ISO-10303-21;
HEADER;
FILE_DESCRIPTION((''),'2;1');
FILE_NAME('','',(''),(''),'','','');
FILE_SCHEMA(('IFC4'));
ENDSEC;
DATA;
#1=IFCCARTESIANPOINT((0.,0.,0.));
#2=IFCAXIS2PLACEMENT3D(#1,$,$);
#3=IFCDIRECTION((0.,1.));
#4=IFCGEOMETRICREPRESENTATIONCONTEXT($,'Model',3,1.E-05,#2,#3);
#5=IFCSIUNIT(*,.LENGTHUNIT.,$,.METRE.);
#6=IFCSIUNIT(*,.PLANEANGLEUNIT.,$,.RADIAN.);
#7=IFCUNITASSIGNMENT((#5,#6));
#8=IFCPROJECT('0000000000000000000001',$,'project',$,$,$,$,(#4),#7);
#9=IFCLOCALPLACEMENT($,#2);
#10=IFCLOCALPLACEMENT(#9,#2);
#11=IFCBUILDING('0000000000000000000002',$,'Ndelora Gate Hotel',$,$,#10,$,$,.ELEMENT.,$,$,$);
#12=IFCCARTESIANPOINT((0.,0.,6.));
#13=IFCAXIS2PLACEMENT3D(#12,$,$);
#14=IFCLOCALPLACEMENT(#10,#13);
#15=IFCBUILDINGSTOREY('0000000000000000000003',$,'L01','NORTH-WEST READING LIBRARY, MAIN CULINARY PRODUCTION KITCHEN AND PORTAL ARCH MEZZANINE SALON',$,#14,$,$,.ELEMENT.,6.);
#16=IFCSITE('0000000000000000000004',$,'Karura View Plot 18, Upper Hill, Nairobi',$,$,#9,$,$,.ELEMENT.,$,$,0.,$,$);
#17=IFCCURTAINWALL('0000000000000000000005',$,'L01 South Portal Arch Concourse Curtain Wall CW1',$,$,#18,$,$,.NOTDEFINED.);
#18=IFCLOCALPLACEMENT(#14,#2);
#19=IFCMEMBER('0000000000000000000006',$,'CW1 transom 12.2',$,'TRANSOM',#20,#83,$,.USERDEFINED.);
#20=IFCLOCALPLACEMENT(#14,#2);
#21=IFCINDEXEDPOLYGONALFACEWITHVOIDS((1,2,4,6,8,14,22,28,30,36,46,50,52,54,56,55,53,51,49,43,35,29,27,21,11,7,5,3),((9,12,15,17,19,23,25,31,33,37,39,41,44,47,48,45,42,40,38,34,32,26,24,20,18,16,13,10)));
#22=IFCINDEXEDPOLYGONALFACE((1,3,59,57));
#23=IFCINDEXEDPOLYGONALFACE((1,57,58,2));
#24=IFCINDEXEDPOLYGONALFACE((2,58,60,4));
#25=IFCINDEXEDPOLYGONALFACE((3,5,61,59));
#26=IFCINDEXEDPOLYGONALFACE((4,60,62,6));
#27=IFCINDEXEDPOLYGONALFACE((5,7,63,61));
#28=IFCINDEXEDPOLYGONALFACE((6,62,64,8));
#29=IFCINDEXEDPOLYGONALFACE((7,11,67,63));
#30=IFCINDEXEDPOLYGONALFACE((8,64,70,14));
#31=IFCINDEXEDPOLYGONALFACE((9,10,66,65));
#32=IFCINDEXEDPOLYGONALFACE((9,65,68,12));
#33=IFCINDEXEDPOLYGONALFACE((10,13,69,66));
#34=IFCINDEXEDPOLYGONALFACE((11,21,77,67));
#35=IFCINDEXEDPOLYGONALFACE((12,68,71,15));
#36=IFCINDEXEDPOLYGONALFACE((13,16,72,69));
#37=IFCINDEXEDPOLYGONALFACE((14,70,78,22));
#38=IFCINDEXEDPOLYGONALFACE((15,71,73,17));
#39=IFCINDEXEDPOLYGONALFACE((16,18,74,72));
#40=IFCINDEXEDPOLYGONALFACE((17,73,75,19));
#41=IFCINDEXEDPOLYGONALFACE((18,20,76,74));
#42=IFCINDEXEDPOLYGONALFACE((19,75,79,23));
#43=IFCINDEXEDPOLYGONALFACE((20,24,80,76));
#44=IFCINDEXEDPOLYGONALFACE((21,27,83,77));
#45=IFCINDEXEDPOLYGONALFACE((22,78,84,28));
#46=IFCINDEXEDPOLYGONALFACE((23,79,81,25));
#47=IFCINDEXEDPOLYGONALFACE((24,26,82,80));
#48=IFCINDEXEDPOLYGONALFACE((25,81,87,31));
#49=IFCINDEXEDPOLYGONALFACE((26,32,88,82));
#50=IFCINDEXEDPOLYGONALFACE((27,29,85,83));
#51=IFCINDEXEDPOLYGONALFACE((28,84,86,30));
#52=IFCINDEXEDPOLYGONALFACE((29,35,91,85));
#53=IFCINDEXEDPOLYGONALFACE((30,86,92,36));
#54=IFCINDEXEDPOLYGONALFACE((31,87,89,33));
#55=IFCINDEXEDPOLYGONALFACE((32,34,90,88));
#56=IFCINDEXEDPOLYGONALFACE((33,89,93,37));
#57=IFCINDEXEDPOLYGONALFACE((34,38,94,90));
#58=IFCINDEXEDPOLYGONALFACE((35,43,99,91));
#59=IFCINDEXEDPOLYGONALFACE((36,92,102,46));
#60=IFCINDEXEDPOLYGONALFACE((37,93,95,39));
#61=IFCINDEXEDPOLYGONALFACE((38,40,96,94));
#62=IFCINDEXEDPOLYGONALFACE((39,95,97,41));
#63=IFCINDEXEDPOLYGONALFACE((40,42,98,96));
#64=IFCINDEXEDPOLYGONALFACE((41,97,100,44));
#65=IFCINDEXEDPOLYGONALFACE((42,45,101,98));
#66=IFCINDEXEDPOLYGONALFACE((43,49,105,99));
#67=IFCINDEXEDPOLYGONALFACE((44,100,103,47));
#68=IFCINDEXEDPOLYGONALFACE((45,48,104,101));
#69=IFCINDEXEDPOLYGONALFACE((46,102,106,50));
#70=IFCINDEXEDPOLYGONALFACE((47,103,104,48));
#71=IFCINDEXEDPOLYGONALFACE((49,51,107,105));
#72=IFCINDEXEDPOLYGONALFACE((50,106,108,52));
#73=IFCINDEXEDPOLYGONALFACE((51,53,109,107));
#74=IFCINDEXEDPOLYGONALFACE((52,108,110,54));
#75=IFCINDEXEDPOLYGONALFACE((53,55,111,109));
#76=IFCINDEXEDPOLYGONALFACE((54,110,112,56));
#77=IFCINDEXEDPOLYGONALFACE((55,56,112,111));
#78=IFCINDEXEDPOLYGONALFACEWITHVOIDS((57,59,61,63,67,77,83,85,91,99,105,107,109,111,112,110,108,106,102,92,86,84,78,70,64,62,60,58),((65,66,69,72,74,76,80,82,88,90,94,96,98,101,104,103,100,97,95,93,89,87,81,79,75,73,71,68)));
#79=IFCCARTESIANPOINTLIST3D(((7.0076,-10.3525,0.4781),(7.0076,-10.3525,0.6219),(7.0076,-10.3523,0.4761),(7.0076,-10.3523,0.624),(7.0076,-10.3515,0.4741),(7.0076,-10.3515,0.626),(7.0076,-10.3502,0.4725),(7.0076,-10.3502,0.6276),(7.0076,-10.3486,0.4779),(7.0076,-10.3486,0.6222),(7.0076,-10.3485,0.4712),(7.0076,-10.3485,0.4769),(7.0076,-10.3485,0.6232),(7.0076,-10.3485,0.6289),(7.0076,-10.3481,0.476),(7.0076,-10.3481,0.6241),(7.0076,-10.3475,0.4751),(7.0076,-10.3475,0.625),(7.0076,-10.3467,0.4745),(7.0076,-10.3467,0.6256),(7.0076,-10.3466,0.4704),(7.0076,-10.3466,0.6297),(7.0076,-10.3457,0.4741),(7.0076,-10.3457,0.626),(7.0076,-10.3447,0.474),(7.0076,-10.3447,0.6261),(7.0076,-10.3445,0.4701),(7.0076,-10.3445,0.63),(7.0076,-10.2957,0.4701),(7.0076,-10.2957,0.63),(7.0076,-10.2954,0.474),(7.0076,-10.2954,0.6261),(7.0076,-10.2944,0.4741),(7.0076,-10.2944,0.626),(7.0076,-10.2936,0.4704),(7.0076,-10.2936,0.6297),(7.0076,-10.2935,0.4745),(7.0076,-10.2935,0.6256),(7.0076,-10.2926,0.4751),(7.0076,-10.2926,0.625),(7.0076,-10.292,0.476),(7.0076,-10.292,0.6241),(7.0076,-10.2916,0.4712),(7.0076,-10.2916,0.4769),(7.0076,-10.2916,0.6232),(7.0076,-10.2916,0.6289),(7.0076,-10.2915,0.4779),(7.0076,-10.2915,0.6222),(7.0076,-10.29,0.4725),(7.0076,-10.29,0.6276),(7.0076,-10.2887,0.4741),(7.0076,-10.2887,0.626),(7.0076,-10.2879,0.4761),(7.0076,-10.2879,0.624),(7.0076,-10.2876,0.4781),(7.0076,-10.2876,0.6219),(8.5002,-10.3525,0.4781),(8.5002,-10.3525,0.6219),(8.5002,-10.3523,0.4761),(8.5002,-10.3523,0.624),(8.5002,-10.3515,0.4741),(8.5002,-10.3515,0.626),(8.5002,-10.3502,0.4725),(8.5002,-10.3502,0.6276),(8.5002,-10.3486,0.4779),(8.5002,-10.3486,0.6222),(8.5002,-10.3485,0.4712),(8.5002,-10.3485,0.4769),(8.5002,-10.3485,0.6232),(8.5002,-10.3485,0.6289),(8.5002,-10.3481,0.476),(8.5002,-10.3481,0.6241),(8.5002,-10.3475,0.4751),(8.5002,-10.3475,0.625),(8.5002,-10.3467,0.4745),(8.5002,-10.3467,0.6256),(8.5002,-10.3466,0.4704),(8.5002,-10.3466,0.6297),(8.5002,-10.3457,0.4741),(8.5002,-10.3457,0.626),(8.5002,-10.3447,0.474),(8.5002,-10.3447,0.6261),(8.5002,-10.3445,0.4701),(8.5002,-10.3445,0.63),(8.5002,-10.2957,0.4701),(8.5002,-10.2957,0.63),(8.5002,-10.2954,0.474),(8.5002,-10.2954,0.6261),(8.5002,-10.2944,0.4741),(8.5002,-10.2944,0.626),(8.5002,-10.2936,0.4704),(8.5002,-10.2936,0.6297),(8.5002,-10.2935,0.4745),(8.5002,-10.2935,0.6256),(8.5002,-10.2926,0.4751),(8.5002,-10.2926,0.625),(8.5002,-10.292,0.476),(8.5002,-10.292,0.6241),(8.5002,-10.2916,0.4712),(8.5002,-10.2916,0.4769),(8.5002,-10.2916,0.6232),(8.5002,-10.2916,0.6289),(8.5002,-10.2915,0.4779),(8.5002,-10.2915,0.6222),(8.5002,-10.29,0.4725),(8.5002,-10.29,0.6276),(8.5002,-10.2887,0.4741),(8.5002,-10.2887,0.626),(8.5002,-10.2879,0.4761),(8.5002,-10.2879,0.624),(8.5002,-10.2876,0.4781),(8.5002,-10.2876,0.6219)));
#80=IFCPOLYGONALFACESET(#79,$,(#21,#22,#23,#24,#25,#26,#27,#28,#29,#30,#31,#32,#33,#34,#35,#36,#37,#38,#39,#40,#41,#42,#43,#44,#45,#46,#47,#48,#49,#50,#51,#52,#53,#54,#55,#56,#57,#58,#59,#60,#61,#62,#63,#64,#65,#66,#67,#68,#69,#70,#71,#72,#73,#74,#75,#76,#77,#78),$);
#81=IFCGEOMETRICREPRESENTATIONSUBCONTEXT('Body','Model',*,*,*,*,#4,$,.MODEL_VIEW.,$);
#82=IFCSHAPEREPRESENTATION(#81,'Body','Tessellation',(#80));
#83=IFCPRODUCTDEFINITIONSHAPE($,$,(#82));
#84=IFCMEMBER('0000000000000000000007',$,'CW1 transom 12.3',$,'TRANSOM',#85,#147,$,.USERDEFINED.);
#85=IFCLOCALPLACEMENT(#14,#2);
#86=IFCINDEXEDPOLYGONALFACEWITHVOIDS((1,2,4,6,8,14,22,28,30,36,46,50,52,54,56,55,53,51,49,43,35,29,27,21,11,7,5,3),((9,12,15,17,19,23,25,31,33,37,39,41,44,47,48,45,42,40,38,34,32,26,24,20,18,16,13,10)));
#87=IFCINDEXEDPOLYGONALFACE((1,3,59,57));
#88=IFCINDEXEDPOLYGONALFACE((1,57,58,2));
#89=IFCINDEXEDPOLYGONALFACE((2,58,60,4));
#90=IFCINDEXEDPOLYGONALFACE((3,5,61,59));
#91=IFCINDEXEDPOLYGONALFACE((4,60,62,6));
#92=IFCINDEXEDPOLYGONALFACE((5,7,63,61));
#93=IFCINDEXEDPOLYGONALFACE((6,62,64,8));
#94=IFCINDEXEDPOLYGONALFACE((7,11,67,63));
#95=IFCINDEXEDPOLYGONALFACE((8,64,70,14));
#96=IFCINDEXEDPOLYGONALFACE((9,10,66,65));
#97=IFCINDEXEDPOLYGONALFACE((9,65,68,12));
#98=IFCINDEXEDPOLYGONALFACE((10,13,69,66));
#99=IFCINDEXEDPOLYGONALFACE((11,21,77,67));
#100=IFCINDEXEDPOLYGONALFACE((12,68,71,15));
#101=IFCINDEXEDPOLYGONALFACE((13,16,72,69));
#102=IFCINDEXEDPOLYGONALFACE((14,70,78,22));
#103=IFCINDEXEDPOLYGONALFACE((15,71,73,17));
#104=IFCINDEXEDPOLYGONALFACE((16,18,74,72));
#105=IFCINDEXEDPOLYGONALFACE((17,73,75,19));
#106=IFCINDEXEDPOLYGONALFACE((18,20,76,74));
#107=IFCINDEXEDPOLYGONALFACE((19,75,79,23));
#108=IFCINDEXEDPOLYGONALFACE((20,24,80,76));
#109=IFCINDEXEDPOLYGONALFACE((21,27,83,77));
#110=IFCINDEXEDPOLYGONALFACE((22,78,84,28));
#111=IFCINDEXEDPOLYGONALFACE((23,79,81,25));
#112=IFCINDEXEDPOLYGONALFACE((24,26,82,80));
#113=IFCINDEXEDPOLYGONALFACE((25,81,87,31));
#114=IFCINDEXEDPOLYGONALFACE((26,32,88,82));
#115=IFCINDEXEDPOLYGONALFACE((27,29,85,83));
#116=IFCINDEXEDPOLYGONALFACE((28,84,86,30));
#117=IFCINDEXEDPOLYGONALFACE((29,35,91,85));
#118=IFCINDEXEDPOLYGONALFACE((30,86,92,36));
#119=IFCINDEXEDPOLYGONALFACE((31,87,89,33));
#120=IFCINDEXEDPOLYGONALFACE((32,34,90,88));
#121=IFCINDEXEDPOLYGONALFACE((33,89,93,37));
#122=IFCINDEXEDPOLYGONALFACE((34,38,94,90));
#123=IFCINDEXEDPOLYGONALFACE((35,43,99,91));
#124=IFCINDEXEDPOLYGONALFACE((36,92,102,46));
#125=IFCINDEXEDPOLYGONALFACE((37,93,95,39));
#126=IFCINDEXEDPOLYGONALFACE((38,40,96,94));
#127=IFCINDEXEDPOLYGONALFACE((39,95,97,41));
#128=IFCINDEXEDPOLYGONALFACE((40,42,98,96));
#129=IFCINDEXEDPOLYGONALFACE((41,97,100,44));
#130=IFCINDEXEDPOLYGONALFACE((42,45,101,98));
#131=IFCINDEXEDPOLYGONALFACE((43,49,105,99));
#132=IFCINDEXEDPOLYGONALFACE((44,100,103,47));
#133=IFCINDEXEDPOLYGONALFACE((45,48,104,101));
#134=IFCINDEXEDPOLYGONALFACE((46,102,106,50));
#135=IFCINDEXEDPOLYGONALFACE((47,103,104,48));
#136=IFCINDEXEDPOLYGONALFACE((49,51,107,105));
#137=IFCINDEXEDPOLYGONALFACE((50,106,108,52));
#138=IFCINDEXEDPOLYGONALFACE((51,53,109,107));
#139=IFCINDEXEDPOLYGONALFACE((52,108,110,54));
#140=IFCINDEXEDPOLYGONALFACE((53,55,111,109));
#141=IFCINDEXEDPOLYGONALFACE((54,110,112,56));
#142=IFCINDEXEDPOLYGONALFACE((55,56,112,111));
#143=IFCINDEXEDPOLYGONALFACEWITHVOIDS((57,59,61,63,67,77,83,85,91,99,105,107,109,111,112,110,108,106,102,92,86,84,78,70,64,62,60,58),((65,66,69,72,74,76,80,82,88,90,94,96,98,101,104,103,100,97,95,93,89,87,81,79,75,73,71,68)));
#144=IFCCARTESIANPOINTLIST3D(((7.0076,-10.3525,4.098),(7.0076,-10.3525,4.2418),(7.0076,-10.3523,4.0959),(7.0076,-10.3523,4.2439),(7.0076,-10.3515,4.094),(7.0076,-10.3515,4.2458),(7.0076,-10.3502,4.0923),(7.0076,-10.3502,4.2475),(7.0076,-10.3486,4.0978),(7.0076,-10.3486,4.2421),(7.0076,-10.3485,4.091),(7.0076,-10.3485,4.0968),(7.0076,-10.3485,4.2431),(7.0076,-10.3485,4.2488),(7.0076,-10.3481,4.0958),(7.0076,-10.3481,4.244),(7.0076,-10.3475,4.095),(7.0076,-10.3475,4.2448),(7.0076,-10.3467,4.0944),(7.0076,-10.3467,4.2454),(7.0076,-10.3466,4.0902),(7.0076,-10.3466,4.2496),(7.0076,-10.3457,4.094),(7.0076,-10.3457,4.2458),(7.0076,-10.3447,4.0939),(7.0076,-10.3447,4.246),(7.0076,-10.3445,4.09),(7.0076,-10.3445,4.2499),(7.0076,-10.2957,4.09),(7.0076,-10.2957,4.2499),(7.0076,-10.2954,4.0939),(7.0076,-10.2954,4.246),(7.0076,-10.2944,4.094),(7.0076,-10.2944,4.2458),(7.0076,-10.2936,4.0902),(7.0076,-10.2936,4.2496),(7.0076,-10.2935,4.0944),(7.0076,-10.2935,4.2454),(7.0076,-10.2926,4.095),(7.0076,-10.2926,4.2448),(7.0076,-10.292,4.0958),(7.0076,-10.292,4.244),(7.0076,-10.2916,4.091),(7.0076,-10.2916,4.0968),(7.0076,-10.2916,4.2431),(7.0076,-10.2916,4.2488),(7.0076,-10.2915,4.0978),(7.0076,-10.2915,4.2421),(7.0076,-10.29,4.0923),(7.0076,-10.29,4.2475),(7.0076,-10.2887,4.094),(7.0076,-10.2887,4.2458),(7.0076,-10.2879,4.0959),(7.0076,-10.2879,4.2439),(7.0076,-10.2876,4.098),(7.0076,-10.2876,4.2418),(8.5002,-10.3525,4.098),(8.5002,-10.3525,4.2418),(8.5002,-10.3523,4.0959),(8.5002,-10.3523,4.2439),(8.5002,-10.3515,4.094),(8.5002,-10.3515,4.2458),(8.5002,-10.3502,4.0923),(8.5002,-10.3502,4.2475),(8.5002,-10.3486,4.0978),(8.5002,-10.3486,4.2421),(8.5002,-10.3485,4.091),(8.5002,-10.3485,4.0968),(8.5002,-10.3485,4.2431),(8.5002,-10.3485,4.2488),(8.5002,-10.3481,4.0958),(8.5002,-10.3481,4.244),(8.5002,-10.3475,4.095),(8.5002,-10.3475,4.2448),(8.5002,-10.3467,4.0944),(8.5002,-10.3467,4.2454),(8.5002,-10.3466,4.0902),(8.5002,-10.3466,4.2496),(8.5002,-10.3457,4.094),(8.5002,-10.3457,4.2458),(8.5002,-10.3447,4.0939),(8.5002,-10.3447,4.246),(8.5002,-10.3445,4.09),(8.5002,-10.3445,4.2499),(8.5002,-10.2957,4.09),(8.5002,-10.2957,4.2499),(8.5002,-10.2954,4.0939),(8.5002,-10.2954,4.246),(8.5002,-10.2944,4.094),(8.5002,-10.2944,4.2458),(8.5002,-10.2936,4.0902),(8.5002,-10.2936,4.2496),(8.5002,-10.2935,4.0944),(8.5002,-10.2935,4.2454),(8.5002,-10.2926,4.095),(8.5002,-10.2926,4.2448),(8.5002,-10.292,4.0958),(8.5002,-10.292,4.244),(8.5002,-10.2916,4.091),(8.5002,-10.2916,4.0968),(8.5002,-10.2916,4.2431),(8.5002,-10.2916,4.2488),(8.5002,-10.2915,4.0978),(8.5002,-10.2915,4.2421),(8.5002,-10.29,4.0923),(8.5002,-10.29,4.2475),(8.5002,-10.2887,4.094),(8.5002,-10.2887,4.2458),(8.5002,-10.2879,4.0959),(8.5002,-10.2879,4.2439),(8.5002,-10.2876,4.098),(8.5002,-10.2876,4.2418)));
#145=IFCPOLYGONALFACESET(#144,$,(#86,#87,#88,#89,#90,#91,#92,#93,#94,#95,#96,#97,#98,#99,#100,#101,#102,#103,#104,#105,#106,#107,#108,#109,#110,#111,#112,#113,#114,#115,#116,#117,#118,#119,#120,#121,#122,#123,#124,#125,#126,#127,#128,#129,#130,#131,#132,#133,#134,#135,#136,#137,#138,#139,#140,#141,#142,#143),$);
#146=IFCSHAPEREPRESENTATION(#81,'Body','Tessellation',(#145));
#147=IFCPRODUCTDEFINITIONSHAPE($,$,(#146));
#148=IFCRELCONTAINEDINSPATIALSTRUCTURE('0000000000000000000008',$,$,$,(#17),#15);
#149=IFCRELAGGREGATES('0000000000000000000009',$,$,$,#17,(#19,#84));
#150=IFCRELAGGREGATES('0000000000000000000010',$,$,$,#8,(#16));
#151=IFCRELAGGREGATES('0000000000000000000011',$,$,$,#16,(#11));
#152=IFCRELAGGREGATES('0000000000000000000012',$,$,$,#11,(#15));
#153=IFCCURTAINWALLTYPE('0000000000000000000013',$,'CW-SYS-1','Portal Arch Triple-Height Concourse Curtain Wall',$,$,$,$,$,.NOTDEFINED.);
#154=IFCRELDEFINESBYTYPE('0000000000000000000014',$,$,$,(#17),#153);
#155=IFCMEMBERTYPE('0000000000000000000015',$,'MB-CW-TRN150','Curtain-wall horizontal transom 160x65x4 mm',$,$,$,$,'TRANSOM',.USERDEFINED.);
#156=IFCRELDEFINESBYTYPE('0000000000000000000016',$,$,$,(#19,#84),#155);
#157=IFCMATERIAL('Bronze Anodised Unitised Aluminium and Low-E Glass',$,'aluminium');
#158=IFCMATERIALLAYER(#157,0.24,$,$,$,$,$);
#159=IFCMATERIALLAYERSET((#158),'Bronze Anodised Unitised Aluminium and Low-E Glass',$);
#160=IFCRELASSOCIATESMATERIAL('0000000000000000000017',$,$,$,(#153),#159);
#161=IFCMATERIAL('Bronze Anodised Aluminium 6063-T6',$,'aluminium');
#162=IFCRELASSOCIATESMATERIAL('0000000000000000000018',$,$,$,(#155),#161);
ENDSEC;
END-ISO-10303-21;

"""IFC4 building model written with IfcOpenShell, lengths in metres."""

from ifc_helpers import new_model, si_unit, direction, frame, origin, origin_2d, place, context, subcontext, project, spatial, hollow_rectangle, extrude, material, layer, layer_set, material_profile, profile_set, type_object, element, aggregate, save


model = new_model("IFC4")

# Units and contexts
model_context = context("Model", 3, precision=1e-05, world=origin(), true_north=direction((0.0, 1.0)))
body_context = subcontext(model_context, "Body", "Model", "MODEL_VIEW")
ifc_project = project(units=[si_unit("LENGTHUNIT", "METRE"), si_unit("PLANEANGLEUNIT", "RADIAN")], contexts=[model_context])

# Site, building, storey
site_placement = place(None, origin())
site = spatial("IfcSite", under=ifc_project, at=site_placement, Name="Karura View Plot 18, Upper Hill, Nairobi", CompositionType="ELEMENT", RefElevation=0.0)
building_placement = place(site_placement, origin())
building = spatial("IfcBuilding", under=site, at=building_placement, Name="Ndelora Gate Hotel", CompositionType="ELEMENT")
storey_placement = place(building_placement, frame((0.0, 0.0, 6.0)))
storey = spatial("IfcBuildingStorey", under=building, at=storey_placement, Name="L01", Description="NORTH-WEST READING LIBRARY, MAIN CULINARY PRODUCTION KITCHEN AND PORTAL ARCH MEZZANINE SALON", CompositionType="ELEMENT", Elevation=6.0)

# Curtain wall, members
ifc_material_1 = material(Name="Bronze Anodised Unitised Aluminium and Low-E Glass", Category="aluminium")
ifc_layer_1 = layer(ifc_material_1, 0.24)
ifc_layer_set_1 = layer_set([ifc_layer_1], Name="Bronze Anodised Unitised Aluminium and Low-E Glass")
curtain_wall_type = type_object("IfcCurtainWallType", Name="CW-SYS-1", Description="Portal Arch Triple-Height Concourse Curtain Wall", PredefinedType="NOTDEFINED", material=ifc_layer_set_1)
curtain_wall_placement = place(storey_placement, origin())
curtain_wall = element("IfcCurtainWall", 1, at=curtain_wall_placement, inside=storey, type_object=curtain_wall_type, Name="L01 South Portal Arch Concourse Curtain Wall CW1", PredefinedType="NOTDEFINED")
ifc_material_2 = material(Name="Bronze Anodised Aluminium 6063-T6", Category="aluminium")
ifc_material_profile_1 = material_profile(ifc_material_2, hollow_rectangle(XDim=0.0649, YDim=0.1599, WallThickness=0.0039, InnerFilletRadius=0.0039, OuterFilletRadius=0.0081, at=origin_2d()), Name="ALU 160x65x4")
ifc_profile_set_1 = profile_set([ifc_material_profile_1], Name="Bronze Anodised Aluminium 6063-T6")
member_type_1 = type_object("IfcMemberType", Name="MB-CW-TRN150", Description="Curtain-wall horizontal transom 160x65x4 mm", ElementType="TRANSOM", PredefinedType="USERDEFINED", material=ifc_profile_set_1)
member_1_placement = place(storey_placement, frame((7.0076, -10.3201, 0.55), z_axis=(1.0, 0.0, 0.0), x_axis=(0.0, 1.0, 0.0)))
member_1 = element("IfcMember", 2, at=member_1_placement, type_object=member_type_1, Name="CW1 transom 12.2", ObjectType="TRANSOM", PredefinedType="USERDEFINED", context=body_context, shape_type="SweptSolid", body=[
    extrude(hollow_rectangle(XDim=0.0649, YDim=0.1599, WallThickness=0.0039, InnerFilletRadius=0.0039, OuterFilletRadius=0.0081, at=origin_2d()), origin(), (0.0, 0.0, 1.0), 1.4927),
])
member_2_placement = place(storey_placement, frame((7.0076, -10.3201, 4.1699), z_axis=(1.0, 0.0, 0.0), x_axis=(0.0, 1.0, 0.0)))
member_2 = element("IfcMember", 3, at=member_2_placement, type_object=member_type_1, Name="CW1 transom 12.3", ObjectType="TRANSOM", PredefinedType="USERDEFINED", context=body_context, shape_type="SweptSolid", body=[
    extrude(hollow_rectangle(XDim=0.0649, YDim=0.1599, WallThickness=0.0039, InnerFilletRadius=0.0039, OuterFilletRadius=0.0081, at=origin_2d()), origin(), (0.0, 0.0, 1.0), 1.4927),
])
aggregate(curtain_wall, [member_1, member_2])

save(model, "model.ifc")
